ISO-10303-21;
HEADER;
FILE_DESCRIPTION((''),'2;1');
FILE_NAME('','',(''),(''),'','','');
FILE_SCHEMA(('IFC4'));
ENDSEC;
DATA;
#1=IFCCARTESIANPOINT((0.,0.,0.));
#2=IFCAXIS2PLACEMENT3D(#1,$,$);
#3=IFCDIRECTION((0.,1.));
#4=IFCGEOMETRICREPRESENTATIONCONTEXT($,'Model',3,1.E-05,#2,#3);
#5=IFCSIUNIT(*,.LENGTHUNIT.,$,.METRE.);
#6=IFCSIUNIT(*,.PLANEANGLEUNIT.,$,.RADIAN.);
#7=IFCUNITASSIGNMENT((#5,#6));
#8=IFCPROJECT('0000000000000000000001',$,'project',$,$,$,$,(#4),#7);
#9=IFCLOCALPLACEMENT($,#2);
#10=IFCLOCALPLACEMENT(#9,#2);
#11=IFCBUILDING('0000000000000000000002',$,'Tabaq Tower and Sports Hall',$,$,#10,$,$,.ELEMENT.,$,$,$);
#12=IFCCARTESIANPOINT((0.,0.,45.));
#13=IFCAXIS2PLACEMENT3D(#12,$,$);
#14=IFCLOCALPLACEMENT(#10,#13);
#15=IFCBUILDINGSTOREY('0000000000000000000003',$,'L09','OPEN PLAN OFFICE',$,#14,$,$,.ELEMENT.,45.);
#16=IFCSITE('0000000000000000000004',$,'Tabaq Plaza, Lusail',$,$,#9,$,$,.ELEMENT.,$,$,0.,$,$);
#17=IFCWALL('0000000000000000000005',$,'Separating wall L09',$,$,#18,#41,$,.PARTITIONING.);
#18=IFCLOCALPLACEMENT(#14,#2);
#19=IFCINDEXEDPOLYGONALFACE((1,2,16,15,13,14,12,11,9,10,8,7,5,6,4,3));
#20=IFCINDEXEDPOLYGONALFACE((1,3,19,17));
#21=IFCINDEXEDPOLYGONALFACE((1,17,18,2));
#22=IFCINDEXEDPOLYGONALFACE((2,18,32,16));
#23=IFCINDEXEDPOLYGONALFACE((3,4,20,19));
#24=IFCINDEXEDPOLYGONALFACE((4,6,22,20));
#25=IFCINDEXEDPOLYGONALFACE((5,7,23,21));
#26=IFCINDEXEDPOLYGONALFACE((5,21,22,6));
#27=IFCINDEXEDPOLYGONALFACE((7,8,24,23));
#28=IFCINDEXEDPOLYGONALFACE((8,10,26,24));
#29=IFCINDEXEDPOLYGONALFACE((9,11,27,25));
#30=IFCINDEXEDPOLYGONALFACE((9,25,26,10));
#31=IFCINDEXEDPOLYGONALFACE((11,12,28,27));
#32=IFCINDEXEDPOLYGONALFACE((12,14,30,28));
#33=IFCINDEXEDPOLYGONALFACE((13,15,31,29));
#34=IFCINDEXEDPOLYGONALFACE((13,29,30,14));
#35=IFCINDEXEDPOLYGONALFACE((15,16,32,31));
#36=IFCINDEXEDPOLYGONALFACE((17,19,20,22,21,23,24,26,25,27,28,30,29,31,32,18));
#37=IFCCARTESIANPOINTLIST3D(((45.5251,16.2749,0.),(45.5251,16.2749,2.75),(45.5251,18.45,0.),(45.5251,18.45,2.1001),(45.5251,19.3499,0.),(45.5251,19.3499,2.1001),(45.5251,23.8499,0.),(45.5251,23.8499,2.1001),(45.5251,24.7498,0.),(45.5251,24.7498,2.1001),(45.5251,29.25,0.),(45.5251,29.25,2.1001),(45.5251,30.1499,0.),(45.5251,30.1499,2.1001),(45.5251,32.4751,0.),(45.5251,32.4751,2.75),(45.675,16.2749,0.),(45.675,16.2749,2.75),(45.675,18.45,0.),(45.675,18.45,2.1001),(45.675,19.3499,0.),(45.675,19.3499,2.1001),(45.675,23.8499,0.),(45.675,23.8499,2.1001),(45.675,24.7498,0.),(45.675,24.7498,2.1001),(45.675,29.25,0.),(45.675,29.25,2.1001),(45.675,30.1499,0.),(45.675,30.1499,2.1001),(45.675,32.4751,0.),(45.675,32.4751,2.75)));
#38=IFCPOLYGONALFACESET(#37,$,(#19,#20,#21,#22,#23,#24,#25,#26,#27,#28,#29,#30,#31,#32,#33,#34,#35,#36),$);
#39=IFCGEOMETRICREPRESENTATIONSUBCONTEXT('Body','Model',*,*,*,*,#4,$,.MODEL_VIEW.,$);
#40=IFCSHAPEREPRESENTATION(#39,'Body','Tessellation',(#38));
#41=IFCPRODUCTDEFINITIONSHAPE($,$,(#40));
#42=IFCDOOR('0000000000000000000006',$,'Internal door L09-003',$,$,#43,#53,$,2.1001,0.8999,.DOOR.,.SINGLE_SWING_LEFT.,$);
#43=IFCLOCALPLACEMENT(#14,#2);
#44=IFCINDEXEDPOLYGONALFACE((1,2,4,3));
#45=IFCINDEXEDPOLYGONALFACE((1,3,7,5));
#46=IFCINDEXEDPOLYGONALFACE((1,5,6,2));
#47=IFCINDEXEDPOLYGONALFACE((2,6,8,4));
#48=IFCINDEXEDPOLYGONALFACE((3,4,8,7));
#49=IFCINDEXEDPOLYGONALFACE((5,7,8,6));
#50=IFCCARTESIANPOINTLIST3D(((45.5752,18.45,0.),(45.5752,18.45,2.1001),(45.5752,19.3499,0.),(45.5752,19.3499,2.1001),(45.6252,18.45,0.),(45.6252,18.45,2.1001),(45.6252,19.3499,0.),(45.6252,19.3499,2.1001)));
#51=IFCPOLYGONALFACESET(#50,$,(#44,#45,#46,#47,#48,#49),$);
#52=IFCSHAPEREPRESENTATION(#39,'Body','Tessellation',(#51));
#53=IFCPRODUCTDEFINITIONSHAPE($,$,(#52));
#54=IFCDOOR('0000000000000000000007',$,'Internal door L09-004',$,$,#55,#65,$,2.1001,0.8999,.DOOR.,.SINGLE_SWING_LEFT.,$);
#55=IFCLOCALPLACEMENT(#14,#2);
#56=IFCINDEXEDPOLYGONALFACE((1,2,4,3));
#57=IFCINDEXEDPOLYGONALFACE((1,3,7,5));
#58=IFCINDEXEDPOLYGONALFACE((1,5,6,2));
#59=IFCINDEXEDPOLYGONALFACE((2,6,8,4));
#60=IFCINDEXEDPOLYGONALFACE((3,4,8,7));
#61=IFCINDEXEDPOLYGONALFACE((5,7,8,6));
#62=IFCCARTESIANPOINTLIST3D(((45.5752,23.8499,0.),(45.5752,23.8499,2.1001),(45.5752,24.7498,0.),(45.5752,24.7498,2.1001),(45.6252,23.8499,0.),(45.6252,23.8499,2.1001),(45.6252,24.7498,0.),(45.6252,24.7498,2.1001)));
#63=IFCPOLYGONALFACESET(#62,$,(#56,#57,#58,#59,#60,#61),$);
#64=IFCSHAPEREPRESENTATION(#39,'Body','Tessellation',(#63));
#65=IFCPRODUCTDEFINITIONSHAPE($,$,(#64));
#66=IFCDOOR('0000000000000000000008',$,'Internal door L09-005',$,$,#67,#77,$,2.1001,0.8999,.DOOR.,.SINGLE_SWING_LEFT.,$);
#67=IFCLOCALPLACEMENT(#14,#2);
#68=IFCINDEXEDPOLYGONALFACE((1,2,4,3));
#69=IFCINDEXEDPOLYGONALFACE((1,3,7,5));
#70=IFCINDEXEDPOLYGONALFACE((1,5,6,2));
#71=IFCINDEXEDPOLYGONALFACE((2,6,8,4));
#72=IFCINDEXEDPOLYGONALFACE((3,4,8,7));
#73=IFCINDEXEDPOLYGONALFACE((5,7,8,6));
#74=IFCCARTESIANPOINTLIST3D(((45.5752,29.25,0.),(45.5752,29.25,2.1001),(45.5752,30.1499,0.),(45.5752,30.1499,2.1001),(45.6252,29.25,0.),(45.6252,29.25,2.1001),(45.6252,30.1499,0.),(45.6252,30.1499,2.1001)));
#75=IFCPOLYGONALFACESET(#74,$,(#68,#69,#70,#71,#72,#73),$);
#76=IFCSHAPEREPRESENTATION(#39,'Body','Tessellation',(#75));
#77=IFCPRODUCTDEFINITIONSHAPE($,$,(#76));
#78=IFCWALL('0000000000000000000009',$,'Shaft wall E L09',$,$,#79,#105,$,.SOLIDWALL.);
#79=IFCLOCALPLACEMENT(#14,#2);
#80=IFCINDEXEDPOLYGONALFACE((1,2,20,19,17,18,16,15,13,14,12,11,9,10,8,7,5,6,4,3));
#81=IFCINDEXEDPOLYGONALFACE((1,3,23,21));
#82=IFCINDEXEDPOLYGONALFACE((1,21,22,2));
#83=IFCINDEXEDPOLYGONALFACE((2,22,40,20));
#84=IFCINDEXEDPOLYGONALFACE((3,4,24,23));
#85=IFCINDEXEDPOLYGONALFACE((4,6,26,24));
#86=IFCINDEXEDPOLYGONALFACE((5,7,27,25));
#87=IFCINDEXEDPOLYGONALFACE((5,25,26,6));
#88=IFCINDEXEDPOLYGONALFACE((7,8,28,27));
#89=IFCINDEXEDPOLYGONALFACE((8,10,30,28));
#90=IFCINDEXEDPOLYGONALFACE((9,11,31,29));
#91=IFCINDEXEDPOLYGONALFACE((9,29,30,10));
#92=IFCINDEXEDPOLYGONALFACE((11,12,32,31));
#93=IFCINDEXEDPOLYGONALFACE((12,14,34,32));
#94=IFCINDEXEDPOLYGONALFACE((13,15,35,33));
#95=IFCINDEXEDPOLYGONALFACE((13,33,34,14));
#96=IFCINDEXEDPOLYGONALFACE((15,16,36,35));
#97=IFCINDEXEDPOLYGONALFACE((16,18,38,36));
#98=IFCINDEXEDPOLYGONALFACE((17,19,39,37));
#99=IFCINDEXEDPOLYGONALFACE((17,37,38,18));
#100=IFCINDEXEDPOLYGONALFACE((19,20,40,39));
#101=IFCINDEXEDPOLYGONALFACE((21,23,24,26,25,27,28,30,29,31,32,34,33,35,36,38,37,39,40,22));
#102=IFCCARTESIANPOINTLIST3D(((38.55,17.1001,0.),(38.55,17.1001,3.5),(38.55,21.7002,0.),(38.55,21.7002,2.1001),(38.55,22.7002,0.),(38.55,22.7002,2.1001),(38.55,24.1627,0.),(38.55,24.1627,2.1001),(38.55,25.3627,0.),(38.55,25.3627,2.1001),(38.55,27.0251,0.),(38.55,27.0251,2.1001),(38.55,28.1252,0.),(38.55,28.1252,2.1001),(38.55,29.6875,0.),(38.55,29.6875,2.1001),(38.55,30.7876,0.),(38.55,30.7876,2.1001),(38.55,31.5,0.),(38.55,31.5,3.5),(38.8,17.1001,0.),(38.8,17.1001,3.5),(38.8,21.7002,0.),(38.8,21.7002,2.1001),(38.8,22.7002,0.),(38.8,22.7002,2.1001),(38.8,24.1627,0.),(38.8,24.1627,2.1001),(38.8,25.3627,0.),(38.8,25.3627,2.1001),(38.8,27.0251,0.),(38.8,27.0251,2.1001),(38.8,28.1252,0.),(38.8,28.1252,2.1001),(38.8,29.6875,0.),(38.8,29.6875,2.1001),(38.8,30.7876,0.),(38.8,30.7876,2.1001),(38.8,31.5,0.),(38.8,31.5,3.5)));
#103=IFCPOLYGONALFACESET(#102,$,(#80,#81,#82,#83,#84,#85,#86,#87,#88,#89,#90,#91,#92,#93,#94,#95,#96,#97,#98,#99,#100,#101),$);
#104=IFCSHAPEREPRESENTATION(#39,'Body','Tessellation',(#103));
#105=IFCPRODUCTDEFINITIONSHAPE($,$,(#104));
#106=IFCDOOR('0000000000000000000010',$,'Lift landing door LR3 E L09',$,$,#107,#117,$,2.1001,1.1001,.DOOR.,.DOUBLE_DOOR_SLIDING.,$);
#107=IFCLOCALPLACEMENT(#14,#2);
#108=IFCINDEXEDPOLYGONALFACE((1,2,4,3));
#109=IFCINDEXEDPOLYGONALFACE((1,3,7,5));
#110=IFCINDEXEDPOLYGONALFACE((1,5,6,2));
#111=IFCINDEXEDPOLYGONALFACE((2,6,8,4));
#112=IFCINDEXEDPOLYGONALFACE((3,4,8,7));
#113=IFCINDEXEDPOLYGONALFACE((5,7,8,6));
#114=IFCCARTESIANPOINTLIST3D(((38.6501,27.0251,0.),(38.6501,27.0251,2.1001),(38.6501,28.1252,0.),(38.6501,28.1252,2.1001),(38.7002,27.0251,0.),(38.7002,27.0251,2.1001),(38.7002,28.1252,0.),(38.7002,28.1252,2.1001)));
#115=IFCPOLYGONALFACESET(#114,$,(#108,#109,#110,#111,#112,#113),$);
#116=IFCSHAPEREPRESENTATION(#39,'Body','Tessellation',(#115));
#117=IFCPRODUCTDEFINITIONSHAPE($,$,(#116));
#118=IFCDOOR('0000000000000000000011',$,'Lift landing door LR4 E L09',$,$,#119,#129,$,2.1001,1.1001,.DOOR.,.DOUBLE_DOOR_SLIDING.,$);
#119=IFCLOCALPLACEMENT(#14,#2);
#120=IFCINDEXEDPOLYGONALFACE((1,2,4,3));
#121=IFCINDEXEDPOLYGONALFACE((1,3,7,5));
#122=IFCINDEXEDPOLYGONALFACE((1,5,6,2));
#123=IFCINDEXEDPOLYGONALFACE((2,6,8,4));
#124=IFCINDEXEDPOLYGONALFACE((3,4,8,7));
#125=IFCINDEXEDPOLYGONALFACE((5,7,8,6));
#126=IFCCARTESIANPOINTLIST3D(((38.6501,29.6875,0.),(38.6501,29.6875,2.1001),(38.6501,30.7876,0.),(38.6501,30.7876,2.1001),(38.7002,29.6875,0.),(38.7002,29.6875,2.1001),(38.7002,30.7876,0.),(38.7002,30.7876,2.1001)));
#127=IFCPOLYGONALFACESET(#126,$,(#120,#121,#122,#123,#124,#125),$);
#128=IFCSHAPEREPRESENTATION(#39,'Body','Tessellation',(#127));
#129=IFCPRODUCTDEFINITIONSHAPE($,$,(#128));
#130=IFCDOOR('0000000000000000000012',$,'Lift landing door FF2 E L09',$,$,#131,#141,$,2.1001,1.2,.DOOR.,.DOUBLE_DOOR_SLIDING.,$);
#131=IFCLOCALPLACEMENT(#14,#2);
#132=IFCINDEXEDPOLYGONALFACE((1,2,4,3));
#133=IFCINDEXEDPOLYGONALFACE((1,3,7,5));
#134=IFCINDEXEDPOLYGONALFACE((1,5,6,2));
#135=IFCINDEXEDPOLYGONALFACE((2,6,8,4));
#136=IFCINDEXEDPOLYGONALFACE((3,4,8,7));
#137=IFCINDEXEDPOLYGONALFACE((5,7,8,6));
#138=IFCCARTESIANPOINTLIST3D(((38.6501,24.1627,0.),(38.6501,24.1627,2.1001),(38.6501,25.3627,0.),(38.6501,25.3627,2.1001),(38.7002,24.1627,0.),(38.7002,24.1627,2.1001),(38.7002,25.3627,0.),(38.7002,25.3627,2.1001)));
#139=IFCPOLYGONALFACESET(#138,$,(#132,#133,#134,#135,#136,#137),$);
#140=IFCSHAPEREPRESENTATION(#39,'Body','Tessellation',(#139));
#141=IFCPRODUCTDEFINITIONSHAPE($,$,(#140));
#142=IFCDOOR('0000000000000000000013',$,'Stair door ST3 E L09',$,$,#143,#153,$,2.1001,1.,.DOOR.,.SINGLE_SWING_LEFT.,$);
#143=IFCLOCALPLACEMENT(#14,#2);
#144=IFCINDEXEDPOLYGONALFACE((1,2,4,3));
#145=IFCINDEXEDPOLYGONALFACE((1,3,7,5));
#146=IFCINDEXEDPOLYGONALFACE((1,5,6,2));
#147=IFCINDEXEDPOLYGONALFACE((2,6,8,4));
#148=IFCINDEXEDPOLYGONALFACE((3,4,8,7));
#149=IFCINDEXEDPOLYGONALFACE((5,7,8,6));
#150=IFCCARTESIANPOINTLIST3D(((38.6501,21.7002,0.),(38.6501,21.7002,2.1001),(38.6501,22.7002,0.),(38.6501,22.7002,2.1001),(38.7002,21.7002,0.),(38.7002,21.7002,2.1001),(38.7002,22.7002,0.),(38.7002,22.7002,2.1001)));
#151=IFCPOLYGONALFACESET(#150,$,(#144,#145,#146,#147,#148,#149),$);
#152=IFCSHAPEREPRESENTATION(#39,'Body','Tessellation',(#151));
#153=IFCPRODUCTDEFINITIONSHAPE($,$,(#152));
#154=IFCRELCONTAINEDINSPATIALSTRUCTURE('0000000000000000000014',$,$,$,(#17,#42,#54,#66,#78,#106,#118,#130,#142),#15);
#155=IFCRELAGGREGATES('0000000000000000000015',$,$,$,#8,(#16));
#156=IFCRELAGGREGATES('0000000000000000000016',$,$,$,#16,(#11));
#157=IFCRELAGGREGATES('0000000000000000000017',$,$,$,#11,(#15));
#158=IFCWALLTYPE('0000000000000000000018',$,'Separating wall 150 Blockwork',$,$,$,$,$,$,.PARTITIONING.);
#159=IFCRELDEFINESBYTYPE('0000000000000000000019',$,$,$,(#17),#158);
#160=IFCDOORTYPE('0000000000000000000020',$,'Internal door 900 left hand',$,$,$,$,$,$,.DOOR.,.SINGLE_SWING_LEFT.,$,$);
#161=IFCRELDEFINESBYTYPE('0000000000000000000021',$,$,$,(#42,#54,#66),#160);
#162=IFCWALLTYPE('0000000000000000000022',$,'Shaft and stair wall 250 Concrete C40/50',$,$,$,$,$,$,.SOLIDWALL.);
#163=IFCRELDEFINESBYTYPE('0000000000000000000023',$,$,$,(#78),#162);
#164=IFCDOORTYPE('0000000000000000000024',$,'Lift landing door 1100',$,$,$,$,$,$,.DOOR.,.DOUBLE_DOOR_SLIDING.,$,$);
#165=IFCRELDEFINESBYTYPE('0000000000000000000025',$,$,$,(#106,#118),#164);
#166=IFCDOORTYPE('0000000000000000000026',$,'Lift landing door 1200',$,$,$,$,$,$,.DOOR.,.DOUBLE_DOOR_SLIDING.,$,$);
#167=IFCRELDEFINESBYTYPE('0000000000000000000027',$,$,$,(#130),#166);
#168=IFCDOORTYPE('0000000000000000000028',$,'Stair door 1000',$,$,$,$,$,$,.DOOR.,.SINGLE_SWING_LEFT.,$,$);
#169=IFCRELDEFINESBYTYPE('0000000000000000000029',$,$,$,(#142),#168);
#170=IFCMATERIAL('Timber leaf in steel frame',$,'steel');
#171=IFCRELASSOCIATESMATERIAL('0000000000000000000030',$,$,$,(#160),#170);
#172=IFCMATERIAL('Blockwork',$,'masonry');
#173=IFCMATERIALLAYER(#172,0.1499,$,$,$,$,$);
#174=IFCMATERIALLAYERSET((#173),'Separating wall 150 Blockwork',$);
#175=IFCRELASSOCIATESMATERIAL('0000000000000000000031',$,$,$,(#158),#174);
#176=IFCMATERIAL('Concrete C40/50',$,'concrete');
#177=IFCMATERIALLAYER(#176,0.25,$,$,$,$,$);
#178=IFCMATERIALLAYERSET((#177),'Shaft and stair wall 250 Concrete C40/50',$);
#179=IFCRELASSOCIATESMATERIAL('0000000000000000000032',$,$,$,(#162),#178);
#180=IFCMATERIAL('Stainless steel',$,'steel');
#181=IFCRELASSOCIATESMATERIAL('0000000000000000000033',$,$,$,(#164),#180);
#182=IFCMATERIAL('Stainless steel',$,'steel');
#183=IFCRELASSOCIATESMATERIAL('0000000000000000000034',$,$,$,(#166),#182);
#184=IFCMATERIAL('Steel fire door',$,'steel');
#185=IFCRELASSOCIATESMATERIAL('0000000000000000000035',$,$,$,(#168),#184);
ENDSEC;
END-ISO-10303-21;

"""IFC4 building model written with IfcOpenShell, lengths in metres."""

from ifc_helpers import new_model, si_unit, direction, frame, frame_2d, origin, place, context, subcontext, project, spatial, rectangle, extrude, material, layer, layer_set, type_object, element, fill, save


model = new_model("IFC4")

# Units and contexts
model_context = context("Model", 3, precision=1e-05, world=origin(), true_north=direction((0.0, 1.0)))
body_context = subcontext(model_context, "Body", "Model", "MODEL_VIEW")
ifc_project = project(units=[si_unit("LENGTHUNIT", "METRE"), si_unit("PLANEANGLEUNIT", "RADIAN")], contexts=[model_context])

# Site, building, storey
site_placement = place(None, origin())
site = spatial("IfcSite", under=ifc_project, at=site_placement, Name="Tabaq Plaza, Lusail", CompositionType="ELEMENT", RefElevation=0.0)
building_placement = place(site_placement, origin())
building = spatial("IfcBuilding", under=site, at=building_placement, Name="Tabaq Tower and Sports Hall", CompositionType="ELEMENT")
storey_placement = place(building_placement, frame((0.0, 0.0, 45.0)))
storey = spatial("IfcBuildingStorey", under=building, at=storey_placement, Name="L09", Description="OPEN PLAN OFFICE", CompositionType="ELEMENT", Elevation=45.0)

# Shared definitions
ifc_material_1 = material(Name="Timber leaf in steel frame", Category="steel")
door_type_1 = type_object("IfcDoorType", Name="Internal door 900 left hand", OperationType="SINGLE_SWING_LEFT", PredefinedType="DOOR", material=ifc_material_1)

# Shared definitions
ifc_material_2 = material(Name="Blockwork", Category="masonry")
ifc_layer_1 = layer(ifc_material_2, 0.1499)
ifc_layer_set_1 = layer_set([ifc_layer_1], Name="Separating wall 150 Blockwork")
wall_type_1 = type_object("IfcWallType", Name="Separating wall 150 Blockwork", PredefinedType="PARTITIONING", material=ifc_layer_set_1)

# Walls, openings, doors
wall_1_placement = place(storey_placement, frame((45.6001, 16.2749, 0.0), z_axis=(0.0, 0.0, 1.0), x_axis=(0.0, 1.0, 0.0)))
wall_1 = element("IfcWall", 1, at=wall_1_placement, inside=storey, type_object=wall_type_1, Name="Separating wall L09", PredefinedType="PARTITIONING", context=body_context, shape_type="SweptSolid", body=[
    extrude(rectangle(XDim=16.2002, YDim=0.1499, at=frame_2d((8.1001, 0.0))), origin(), (0.0, 0.0, 1.0), 2.75),
])
opening_1_placement = place(wall_1_placement, frame((2.175, 0.0, 0.0)))
opening_1 = element("IfcOpeningElement", 2, at=opening_1_placement, cuts=wall_1, PredefinedType="OPENING", context=body_context, shape_type="SweptSolid", body=[
    extrude(rectangle(XDim=0.8999, YDim=2.1001, at=frame_2d((0.45, 1.05))), frame((0.0, 0.075, 0.0), z_axis=(0.0, -1.0, 0.0), x_axis=(1.0, 0.0, 0.0)), (0.0, 0.0, 1.0), 0.1499),
])
opening_2_placement = place(wall_1_placement, frame((7.575, 0.0, 0.0)))
opening_2 = element("IfcOpeningElement", 3, at=opening_2_placement, cuts=wall_1, PredefinedType="OPENING", context=body_context, shape_type="SweptSolid", body=[
    extrude(rectangle(XDim=0.8999, YDim=2.1001, at=frame_2d((0.45, 1.05))), frame((0.0, 0.075, 0.0), z_axis=(0.0, -1.0, 0.0), x_axis=(1.0, 0.0, 0.0)), (0.0, 0.0, 1.0), 0.1499),
])
opening_3_placement = place(wall_1_placement, frame((12.9751, 0.0, 0.0)))
opening_3 = element("IfcOpeningElement", 4, at=opening_3_placement, cuts=wall_1, PredefinedType="OPENING", context=body_context, shape_type="SweptSolid", body=[
    extrude(rectangle(XDim=0.8999, YDim=2.1001, at=frame_2d((0.45, 1.05))), frame((0.0, 0.075, 0.0), z_axis=(0.0, -1.0, 0.0), x_axis=(1.0, 0.0, 0.0)), (0.0, 0.0, 1.0), 0.1499),
])
door_1_placement = place(opening_1_placement, origin())
door_1 = element("IfcDoor", 5, at=door_1_placement, inside=storey, type_object=door_type_1, Name="Internal door L09-003", OperationType="SINGLE_SWING_LEFT", OverallHeight=2.1001, OverallWidth=0.8999, PredefinedType="DOOR", context=body_context, shape_type="SweptSolid", body=[
    extrude(rectangle(XDim=0.8999, YDim=2.1001, at=frame_2d((0.45, 1.05))), frame((0.0, 0.0249, 0.0), z_axis=(0.0, -1.0, 0.0), x_axis=(1.0, 0.0, 0.0)), (0.0, 0.0, 1.0), 0.05),
])
fill(opening_1, door_1)
door_2_placement = place(opening_2_placement, origin())
door_2 = element("IfcDoor", 6, at=door_2_placement, inside=storey, type_object=door_type_1, Name="Internal door L09-004", OperationType="SINGLE_SWING_LEFT", OverallHeight=2.1001, OverallWidth=0.8999, PredefinedType="DOOR", context=body_context, shape_type="SweptSolid", body=[
    extrude(rectangle(XDim=0.8999, YDim=2.1001, at=frame_2d((0.45, 1.05))), frame((0.0, 0.0249, 0.0), z_axis=(0.0, -1.0, 0.0), x_axis=(1.0, 0.0, 0.0)), (0.0, 0.0, 1.0), 0.05),
])
fill(opening_2, door_2)
door_3_placement = place(opening_3_placement, origin())
door_3 = element("IfcDoor", 7, at=door_3_placement, inside=storey, type_object=door_type_1, Name="Internal door L09-005", OperationType="SINGLE_SWING_LEFT", OverallHeight=2.1001, OverallWidth=0.8999, PredefinedType="DOOR", context=body_context, shape_type="SweptSolid", body=[
    extrude(rectangle(XDim=0.8999, YDim=2.1001, at=frame_2d((0.45, 1.05))), frame((0.0, 0.0249, 0.0), z_axis=(0.0, -1.0, 0.0), x_axis=(1.0, 0.0, 0.0)), (0.0, 0.0, 1.0), 0.05),
])
fill(opening_3, door_3)
ifc_material_3 = material(Name="Concrete C40/50", Category="concrete")
ifc_layer_2 = layer(ifc_material_3, 0.25)
ifc_layer_set_2 = layer_set([ifc_layer_2], Name="Shaft and stair wall 250 Concrete C40/50")
wall_type_2 = type_object("IfcWallType", Name="Shaft and stair wall 250 Concrete C40/50", PredefinedType="SOLIDWALL", material=ifc_layer_set_2)
wall_2_placement = place(storey_placement, frame((38.675, 17.1001, 0.0), z_axis=(0.0, 0.0, 1.0), x_axis=(0.0, 1.0, 0.0)))
wall_2 = element("IfcWall", 8, at=wall_2_placement, inside=storey, type_object=wall_type_2, Name="Shaft wall E L09", PredefinedType="SOLIDWALL", context=body_context, shape_type="SweptSolid", body=[
    extrude(rectangle(XDim=14.3999, YDim=0.25, at=frame_2d((7.2, 0.0))), origin(), (0.0, 0.0, 1.0), 3.5),
])
opening_4_placement = place(wall_2_placement, frame((4.6001, 0.0, 0.0)))
opening_4 = element("IfcOpeningElement", 9, at=opening_4_placement, cuts=wall_2, PredefinedType="OPENING", context=body_context, shape_type="SweptSolid", body=[
    extrude(rectangle(XDim=1.0, YDim=2.1001, at=frame_2d((0.5, 1.05))), frame((0.0, 0.125, 0.0), z_axis=(0.0, -1.0, 0.0), x_axis=(1.0, 0.0, 0.0)), (0.0, 0.0, 1.0), 0.25),
])
opening_5_placement = place(wall_2_placement, frame((7.0625, 0.0, 0.0)))
opening_5 = element("IfcOpeningElement", 10, at=opening_5_placement, cuts=wall_2, PredefinedType="OPENING", context=body_context, shape_type="SweptSolid", body=[
    extrude(rectangle(XDim=1.2, YDim=2.1001, at=frame_2d((0.6001, 1.05))), frame((0.0, 0.125, 0.0), z_axis=(0.0, -1.0, 0.0), x_axis=(1.0, 0.0, 0.0)), (0.0, 0.0, 1.0), 0.25),
])
opening_6_placement = place(wall_2_placement, frame((9.925, 0.0, 0.0)))
opening_6 = element("IfcOpeningElement", 11, at=opening_6_placement, cuts=wall_2, PredefinedType="OPENING", context=body_context, shape_type="SweptSolid", body=[
    extrude(rectangle(XDim=1.1001, YDim=2.1001, at=frame_2d((0.55, 1.05))), frame((0.0, 0.125, 0.0), z_axis=(0.0, -1.0, 0.0), x_axis=(1.0, 0.0, 0.0)), (0.0, 0.0, 1.0), 0.25),
])
opening_7_placement = place(wall_2_placement, frame((12.5874, 0.0, 0.0)))
opening_7 = element("IfcOpeningElement", 12, at=opening_7_placement, cuts=wall_2, PredefinedType="OPENING", context=body_context, shape_type="SweptSolid", body=[
    extrude(rectangle(XDim=1.1001, YDim=2.1001, at=frame_2d((0.55, 1.05))), frame((0.0, 0.125, 0.0), z_axis=(0.0, -1.0, 0.0), x_axis=(1.0, 0.0, 0.0)), (0.0, 0.0, 1.0), 0.25),
])
ifc_material_4 = material(Name="Stainless steel", Category="steel")
door_type_2 = type_object("IfcDoorType", Name="Lift landing door 1100", OperationType="DOUBLE_DOOR_SLIDING", PredefinedType="DOOR", material=ifc_material_4)
door_4_placement = place(opening_6_placement, origin())
door_4 = element("IfcDoor", 13, at=door_4_placement, inside=storey, type_object=door_type_2, Name="Lift landing door LR3 E L09", OperationType="DOUBLE_DOOR_SLIDING", OverallHeight=2.1001, OverallWidth=1.1001, PredefinedType="DOOR", context=body_context, shape_type="SweptSolid", body=[
    extrude(rectangle(XDim=1.1001, YDim=2.1001, at=frame_2d((0.55, 1.05))), frame((0.0, 0.0249, 0.0), z_axis=(0.0, -1.0, 0.0), x_axis=(1.0, 0.0, 0.0)), (0.0, 0.0, 1.0), 0.05),
])
fill(opening_6, door_4)
door_5_placement = place(opening_7_placement, origin())
door_5 = element("IfcDoor", 14, at=door_5_placement, inside=storey, type_object=door_type_2, Name="Lift landing door LR4 E L09", OperationType="DOUBLE_DOOR_SLIDING", OverallHeight=2.1001, OverallWidth=1.1001, PredefinedType="DOOR", context=body_context, shape_type="SweptSolid", body=[
    extrude(rectangle(XDim=1.1001, YDim=2.1001, at=frame_2d((0.55, 1.05))), frame((0.0, 0.0249, 0.0), z_axis=(0.0, -1.0, 0.0), x_axis=(1.0, 0.0, 0.0)), (0.0, 0.0, 1.0), 0.05),
])
fill(opening_7, door_5)
ifc_material_5 = material(Name="Stainless steel", Category="steel")
door_type_3 = type_object("IfcDoorType", Name="Lift landing door 1200", OperationType="DOUBLE_DOOR_SLIDING", PredefinedType="DOOR", material=ifc_material_5)
door_6_placement = place(opening_5_placement, origin())
door_6 = element("IfcDoor", 15, at=door_6_placement, inside=storey, type_object=door_type_3, Name="Lift landing door FF2 E L09", OperationType="DOUBLE_DOOR_SLIDING", OverallHeight=2.1001, OverallWidth=1.2, PredefinedType="DOOR", context=body_context, shape_type="SweptSolid", body=[
    extrude(rectangle(XDim=1.2, YDim=2.1001, at=frame_2d((0.6001, 1.05))), frame((0.0, 0.0249, 0.0), z_axis=(0.0, -1.0, 0.0), x_axis=(1.0, 0.0, 0.0)), (0.0, 0.0, 1.0), 0.05),
])
fill(opening_5, door_6)
ifc_material_6 = material(Name="Steel fire door", Category="steel")
door_type_4 = type_object("IfcDoorType", Name="Stair door 1000", OperationType="SINGLE_SWING_LEFT", PredefinedType="DOOR", material=ifc_material_6)
door_7_placement = place(opening_4_placement, origin())
door_7 = element("IfcDoor", 16, at=door_7_placement, inside=storey, type_object=door_type_4, Name="Stair door ST3 E L09", OperationType="SINGLE_SWING_LEFT", OverallHeight=2.1001, OverallWidth=1.0, PredefinedType="DOOR", context=body_context, shape_type="SweptSolid", body=[
    extrude(rectangle(XDim=1.0, YDim=2.1001, at=frame_2d((0.5, 1.05))), frame((0.0, 0.0249, 0.0), z_axis=(0.0, -1.0, 0.0), x_axis=(1.0, 0.0, 0.0)), (0.0, 0.0, 1.0), 0.05),
])
fill(opening_4, door_7)

save(model, "model.ifc")
